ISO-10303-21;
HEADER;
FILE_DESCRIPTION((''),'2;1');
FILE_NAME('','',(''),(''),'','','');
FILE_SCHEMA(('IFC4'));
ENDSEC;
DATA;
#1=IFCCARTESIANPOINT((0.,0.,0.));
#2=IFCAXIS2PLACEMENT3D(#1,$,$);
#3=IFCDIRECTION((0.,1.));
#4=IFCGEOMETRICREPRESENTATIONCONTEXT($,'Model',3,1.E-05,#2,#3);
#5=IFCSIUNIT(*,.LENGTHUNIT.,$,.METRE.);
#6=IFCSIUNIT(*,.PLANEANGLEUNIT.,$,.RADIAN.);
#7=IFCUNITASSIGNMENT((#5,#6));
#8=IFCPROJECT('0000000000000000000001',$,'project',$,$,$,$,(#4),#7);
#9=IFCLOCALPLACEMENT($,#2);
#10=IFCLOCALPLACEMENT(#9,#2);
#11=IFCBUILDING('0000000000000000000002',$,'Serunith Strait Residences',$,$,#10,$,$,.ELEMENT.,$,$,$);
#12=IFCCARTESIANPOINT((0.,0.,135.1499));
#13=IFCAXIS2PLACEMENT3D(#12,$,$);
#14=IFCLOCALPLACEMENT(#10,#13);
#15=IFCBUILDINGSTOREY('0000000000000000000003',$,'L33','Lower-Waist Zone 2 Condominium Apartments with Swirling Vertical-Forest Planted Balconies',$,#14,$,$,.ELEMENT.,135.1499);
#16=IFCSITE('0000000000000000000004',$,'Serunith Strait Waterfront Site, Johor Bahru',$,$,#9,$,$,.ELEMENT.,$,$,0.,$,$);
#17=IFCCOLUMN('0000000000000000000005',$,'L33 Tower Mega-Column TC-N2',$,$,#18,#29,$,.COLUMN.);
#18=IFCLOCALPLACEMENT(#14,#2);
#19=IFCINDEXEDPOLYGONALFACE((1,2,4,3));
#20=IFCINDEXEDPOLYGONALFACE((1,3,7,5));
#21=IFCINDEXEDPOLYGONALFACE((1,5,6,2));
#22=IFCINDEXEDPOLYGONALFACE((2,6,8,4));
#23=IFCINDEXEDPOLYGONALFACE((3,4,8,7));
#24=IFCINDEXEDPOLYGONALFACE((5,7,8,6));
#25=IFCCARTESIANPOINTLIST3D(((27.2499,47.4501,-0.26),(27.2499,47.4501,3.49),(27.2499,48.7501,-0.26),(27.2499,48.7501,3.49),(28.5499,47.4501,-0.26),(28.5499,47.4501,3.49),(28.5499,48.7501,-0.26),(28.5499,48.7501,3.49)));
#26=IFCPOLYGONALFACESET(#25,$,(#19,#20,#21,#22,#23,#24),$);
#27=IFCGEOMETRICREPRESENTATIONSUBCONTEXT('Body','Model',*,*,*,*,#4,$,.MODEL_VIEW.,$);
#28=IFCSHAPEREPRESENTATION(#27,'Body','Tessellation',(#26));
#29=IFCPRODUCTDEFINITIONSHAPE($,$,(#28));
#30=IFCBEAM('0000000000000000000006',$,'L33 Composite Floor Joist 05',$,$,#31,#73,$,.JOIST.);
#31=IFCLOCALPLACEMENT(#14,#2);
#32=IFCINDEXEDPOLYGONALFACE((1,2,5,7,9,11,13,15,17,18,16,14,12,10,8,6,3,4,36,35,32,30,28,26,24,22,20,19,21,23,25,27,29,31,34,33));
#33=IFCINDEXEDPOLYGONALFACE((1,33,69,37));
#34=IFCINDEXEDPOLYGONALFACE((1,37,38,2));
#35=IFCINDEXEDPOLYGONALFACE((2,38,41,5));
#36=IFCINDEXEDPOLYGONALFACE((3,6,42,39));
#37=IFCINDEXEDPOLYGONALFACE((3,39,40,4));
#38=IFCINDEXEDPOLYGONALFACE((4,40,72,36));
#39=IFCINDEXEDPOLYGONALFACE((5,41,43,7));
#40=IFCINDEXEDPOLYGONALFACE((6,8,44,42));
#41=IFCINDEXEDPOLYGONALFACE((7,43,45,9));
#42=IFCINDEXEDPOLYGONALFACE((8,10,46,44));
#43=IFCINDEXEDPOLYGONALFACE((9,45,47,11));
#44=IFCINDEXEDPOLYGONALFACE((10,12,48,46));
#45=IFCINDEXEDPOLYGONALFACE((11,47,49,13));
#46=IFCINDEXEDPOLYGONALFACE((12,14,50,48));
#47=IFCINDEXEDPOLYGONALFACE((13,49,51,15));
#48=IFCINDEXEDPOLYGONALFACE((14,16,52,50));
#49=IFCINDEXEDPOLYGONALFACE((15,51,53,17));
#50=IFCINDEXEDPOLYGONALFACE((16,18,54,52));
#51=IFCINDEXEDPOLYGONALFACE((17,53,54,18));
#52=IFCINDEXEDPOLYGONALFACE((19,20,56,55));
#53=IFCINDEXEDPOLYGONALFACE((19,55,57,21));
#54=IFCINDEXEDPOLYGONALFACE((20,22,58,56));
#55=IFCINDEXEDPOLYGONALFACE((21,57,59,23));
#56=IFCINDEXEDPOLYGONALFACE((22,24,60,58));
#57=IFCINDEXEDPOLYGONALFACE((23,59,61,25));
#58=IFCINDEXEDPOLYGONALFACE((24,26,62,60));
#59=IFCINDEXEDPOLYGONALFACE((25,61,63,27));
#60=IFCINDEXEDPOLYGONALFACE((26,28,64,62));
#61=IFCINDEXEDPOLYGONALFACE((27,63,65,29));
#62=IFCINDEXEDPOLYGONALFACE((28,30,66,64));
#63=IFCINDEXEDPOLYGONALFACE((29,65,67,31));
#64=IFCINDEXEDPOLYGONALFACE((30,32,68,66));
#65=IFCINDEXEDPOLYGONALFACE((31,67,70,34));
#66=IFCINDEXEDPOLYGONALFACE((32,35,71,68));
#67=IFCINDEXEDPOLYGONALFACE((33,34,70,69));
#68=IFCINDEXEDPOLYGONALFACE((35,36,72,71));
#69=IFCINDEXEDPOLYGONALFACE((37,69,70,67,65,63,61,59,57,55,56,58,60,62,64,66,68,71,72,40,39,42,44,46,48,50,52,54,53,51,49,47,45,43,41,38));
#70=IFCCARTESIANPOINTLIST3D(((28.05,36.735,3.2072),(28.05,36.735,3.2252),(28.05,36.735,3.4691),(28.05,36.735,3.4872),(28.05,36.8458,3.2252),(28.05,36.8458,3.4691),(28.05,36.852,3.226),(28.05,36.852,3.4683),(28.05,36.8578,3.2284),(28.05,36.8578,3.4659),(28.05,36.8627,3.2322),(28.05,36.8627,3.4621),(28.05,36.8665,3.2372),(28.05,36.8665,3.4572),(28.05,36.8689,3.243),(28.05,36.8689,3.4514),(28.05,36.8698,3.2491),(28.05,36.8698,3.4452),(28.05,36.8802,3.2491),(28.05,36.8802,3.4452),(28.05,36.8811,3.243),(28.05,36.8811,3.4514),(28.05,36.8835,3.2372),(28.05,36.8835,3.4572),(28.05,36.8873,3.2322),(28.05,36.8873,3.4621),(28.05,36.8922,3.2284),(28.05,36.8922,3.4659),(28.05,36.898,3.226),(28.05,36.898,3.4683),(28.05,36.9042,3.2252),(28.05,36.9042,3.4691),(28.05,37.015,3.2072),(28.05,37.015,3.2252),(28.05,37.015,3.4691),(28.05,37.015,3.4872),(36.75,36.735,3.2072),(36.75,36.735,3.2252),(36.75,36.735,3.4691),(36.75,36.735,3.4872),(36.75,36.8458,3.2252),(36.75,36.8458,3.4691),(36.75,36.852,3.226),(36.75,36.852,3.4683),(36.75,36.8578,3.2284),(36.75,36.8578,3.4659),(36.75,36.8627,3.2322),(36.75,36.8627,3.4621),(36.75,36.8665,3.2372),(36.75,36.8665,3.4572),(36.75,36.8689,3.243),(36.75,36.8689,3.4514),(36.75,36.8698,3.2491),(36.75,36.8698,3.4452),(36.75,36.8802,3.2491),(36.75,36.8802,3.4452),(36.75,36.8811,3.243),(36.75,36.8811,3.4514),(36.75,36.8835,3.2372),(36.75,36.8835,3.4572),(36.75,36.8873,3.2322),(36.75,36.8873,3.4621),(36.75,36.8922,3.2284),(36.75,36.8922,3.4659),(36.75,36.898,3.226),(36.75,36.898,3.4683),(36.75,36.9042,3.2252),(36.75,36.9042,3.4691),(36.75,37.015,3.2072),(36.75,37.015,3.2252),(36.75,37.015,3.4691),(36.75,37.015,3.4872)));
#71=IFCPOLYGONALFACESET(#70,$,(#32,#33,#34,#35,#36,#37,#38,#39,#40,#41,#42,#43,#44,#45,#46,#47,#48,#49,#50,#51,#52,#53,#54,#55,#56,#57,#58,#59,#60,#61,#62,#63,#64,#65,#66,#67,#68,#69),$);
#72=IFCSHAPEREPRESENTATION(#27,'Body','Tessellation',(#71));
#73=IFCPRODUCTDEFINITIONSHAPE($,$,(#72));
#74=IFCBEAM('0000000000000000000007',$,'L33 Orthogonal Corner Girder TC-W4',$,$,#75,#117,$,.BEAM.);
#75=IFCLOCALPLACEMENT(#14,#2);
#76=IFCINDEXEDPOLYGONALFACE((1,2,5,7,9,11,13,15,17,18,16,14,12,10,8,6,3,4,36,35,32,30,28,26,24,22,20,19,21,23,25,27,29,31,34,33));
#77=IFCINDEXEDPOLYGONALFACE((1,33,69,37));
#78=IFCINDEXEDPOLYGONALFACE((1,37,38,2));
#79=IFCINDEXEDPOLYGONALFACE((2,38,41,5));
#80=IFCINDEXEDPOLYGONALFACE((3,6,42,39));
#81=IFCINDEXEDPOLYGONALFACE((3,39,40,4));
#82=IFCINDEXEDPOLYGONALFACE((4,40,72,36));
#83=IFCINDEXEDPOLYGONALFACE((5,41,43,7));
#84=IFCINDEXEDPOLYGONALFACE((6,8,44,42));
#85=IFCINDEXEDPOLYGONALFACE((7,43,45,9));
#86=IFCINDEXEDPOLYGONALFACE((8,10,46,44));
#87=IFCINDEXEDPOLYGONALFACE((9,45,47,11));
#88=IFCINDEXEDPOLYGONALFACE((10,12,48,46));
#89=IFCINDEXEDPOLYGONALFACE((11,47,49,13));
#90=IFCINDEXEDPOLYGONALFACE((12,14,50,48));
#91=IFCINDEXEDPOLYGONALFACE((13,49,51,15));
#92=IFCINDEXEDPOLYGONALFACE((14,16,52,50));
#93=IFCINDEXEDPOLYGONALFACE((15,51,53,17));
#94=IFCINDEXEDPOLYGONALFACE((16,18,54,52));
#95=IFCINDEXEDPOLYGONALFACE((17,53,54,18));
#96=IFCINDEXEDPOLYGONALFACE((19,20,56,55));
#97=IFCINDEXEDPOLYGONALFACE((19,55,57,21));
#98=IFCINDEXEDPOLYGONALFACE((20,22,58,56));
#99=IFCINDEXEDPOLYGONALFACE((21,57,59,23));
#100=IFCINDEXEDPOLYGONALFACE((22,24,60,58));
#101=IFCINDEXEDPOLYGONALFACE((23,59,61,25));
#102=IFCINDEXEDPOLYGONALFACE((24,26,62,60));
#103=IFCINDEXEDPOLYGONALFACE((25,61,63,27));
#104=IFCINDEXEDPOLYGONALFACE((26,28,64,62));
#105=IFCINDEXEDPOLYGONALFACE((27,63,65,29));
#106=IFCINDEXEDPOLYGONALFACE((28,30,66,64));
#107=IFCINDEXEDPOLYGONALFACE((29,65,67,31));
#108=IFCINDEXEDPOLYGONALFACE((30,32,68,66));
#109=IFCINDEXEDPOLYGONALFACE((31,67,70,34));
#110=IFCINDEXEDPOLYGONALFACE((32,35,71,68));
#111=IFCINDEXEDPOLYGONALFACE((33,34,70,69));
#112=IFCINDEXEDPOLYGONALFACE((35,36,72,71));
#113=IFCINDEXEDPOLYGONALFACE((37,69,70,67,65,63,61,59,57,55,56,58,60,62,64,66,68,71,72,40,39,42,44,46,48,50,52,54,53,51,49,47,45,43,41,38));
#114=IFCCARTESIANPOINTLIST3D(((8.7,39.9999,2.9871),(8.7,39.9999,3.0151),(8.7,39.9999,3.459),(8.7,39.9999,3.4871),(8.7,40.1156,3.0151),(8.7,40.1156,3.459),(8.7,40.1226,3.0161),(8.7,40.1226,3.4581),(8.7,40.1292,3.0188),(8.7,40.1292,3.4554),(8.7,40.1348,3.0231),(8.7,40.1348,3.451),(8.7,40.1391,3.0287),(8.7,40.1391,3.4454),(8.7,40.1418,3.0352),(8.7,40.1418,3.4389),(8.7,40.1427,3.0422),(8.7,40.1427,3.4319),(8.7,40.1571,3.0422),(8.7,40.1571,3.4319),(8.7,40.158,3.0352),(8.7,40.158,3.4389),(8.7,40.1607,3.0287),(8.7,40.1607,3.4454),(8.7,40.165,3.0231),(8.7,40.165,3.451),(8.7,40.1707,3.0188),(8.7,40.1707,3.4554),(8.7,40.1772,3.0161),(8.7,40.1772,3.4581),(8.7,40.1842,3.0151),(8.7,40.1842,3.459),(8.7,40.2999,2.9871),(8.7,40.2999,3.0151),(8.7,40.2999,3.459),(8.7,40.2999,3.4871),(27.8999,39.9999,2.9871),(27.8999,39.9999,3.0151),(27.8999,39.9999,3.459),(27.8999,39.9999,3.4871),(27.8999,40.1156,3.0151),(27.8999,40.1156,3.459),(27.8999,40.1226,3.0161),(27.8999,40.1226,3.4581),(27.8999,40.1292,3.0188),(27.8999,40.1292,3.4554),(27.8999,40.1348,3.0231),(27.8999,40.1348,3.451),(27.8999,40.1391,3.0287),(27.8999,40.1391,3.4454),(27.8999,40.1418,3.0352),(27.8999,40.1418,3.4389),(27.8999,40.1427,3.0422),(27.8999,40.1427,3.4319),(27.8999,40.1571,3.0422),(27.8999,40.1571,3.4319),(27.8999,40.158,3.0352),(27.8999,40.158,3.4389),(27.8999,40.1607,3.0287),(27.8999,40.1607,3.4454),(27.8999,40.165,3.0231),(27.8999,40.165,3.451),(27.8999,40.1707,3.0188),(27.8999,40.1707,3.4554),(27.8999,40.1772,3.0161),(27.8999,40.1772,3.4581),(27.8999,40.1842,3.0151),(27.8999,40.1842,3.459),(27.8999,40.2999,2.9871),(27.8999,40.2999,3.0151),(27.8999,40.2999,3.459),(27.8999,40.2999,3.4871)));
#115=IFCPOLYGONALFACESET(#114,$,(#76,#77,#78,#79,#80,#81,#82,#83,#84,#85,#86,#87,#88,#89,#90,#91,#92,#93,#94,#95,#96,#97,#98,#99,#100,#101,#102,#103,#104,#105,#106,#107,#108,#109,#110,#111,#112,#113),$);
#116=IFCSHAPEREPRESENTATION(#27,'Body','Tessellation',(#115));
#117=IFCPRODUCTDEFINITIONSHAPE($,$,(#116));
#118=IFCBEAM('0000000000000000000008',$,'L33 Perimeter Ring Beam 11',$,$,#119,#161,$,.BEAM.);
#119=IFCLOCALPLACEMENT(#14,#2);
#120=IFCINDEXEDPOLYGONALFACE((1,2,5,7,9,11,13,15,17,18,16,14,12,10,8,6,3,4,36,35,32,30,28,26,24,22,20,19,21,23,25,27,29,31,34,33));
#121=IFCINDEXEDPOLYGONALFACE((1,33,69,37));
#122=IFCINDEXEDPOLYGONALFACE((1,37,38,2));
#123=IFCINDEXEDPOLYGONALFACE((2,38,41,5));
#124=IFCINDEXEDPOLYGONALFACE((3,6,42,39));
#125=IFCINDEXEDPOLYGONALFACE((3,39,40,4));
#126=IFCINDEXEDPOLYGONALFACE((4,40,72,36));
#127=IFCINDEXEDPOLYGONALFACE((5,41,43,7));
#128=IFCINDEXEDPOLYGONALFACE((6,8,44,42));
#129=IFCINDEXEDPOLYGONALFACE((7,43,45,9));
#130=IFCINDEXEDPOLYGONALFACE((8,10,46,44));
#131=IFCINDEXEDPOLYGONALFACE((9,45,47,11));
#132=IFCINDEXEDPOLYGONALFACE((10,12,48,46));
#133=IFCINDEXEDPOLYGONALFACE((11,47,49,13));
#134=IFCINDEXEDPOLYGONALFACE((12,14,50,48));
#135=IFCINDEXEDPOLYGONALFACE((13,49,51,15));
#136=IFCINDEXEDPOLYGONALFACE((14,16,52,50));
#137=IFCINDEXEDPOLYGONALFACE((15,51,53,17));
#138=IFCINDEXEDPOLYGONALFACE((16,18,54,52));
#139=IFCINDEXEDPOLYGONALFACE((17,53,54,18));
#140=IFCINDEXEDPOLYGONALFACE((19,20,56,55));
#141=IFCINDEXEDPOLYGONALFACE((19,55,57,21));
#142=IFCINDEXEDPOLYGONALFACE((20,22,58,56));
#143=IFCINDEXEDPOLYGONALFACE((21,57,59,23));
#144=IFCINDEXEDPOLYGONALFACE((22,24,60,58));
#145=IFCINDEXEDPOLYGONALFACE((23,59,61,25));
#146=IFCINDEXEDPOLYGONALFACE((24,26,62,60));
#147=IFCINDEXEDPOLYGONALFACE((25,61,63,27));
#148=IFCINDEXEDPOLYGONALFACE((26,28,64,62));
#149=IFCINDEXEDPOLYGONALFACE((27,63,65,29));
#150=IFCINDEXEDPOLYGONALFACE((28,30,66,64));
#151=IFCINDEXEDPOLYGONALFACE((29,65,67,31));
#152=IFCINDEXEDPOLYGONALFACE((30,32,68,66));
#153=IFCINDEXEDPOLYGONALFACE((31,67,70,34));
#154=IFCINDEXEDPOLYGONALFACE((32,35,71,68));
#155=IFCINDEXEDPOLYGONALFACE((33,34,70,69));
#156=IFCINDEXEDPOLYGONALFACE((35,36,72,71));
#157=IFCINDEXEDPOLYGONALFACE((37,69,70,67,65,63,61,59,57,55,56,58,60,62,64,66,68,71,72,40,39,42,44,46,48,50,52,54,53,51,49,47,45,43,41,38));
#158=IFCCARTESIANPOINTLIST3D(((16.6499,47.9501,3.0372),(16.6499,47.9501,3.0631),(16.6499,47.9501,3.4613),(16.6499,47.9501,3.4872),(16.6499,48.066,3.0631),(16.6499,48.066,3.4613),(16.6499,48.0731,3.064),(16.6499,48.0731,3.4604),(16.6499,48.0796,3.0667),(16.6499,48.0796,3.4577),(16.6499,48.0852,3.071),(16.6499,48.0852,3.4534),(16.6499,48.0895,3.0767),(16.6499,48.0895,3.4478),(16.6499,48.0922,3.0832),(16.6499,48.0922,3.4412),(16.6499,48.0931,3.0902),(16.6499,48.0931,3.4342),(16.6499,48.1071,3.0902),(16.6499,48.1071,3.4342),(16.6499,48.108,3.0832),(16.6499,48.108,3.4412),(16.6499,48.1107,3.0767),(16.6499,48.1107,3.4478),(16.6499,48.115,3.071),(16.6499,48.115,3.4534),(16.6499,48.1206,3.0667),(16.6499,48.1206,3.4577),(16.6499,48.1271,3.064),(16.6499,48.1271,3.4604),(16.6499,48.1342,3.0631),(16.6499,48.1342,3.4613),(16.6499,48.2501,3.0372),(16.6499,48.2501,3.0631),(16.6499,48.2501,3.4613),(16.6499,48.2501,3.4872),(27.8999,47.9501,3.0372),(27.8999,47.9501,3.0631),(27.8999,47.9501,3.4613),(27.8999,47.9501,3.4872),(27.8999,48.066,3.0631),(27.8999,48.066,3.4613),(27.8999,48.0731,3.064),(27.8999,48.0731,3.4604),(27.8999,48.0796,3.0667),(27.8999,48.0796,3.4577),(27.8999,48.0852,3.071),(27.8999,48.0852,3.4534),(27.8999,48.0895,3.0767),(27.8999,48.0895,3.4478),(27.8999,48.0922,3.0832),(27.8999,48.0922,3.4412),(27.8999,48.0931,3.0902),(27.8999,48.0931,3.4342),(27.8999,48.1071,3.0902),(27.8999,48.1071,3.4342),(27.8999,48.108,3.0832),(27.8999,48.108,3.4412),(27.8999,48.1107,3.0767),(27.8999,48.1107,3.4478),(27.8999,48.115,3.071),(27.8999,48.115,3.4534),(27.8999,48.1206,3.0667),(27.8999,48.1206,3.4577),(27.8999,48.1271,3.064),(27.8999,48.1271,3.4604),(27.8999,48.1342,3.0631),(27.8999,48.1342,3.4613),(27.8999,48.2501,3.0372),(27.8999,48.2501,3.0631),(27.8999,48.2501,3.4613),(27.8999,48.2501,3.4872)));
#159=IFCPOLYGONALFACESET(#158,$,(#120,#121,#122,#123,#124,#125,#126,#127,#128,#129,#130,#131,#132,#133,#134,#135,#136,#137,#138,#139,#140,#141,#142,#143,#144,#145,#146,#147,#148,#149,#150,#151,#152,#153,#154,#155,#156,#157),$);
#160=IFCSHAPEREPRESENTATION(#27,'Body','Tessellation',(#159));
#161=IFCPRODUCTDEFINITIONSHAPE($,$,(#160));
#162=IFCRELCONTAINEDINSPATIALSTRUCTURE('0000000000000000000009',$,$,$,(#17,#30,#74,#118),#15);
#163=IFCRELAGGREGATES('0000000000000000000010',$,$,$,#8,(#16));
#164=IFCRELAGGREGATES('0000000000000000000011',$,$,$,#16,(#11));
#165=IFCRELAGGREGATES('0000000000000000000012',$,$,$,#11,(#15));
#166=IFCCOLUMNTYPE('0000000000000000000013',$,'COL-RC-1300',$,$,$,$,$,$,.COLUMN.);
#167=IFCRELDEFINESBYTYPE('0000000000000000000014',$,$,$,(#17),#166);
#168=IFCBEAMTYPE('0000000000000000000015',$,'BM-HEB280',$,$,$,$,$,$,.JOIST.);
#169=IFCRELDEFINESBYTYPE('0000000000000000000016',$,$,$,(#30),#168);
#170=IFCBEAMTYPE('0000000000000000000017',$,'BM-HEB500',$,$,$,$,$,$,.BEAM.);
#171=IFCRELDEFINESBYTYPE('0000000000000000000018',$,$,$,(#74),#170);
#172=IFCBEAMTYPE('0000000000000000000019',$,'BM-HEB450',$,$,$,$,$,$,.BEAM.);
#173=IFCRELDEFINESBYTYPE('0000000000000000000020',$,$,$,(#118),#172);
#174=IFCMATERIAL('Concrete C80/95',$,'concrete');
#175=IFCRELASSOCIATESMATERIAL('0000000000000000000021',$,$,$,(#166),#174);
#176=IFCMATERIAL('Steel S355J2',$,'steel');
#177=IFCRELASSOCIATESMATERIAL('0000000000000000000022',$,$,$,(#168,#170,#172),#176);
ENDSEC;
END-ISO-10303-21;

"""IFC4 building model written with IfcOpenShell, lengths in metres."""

from ifc_helpers import new_model, si_unit, direction, frame, origin, origin_2d, place, context, subcontext, project, spatial, rectangle, i_section, extrude, source, transform, mapped, material, material_profile, profile_set, type_object, element, save


model = new_model("IFC4")

# Units and contexts
model_context = context("Model", 3, precision=1e-05, world=origin(), true_north=direction((0.0, 1.0)))
body_context = subcontext(model_context, "Body", "Model", "MODEL_VIEW")
ifc_project = project(units=[si_unit("LENGTHUNIT", "METRE"), si_unit("PLANEANGLEUNIT", "RADIAN")], contexts=[model_context])

# Site, building, storey
site_placement = place(None, origin())
site = spatial("IfcSite", under=ifc_project, at=site_placement, Name="Serunith Strait Waterfront Site, Johor Bahru", CompositionType="ELEMENT", RefElevation=0.0)
building_placement = place(site_placement, origin())
building = spatial("IfcBuilding", under=site, at=building_placement, Name="Serunith Strait Residences", CompositionType="ELEMENT")
storey_placement = place(building_placement, frame((0.0, 0.0, 135.1499)))
storey = spatial("IfcBuildingStorey", under=building, at=storey_placement, Name="L33", Description="Lower-Waist Zone 2 Condominium Apartments with Swirling Vertical-Forest Planted Balconies", CompositionType="ELEMENT", Elevation=135.1499)

# Column
ifc_material_1 = material(Name="Concrete C80/95", Category="concrete")
ifc_material_profile_1 = material_profile(ifc_material_1, rectangle(XDim=1.3, YDim=1.3, at=origin_2d()), Name="RC 1300x1300")
ifc_profile_set_1 = profile_set([ifc_material_profile_1], Name="Concrete C80/95")
column_type = type_object("IfcColumnType", Name="COL-RC-1300", PredefinedType="COLUMN", material=ifc_profile_set_1)
shared_shape_1 = source(origin(), body_context, "Body", "SweptSolid", [
    extrude(rectangle(XDim=1.3, YDim=1.3, at=origin_2d()), origin(), (0.0, 0.0, 1.0), 3.75),
])
column_placement = place(storey_placement, frame((27.8999, 48.1001, -0.26), z_axis=(0.0, 0.0, 1.0), x_axis=(1.0, 0.0, 0.0)))
element("IfcColumn", 1, at=column_placement, inside=storey, type_object=column_type, Name="L33 Tower Mega-Column TC-N2", PredefinedType="COLUMN", context=body_context, shape_type="MappedRepresentation", body=[
    mapped(shared_shape_1, transform((0.0, 0.0, 0.0), scale=1.0)),
])

# Beams
ifc_material_2 = material(Name="Steel S355J2", Category="steel")
ifc_material_profile_2 = material_profile(ifc_material_2, i_section(OverallWidth=0.28, OverallDepth=0.28, WebThickness=0.0105, FlangeThickness=0.0181, FilletRadius=0.0239, at=origin_2d()), Name="HEB 280")
ifc_profile_set_2 = profile_set([ifc_material_profile_2], Name="Steel S355J2")
beam_type_1 = type_object("IfcBeamType", Name="BM-HEB280", PredefinedType="JOIST", material=ifc_profile_set_2)
shared_shape_2 = source(origin(), body_context, "Body", "SweptSolid", [
    extrude(i_section(OverallWidth=0.28, OverallDepth=0.28, WebThickness=0.0105, FlangeThickness=0.0181, FilletRadius=0.0239, at=origin_2d()), origin(), (0.0, 0.0, 1.0), 8.7),
])
beam_1_placement = place(storey_placement, frame((28.05, 36.875, 3.3472), z_axis=(1.0, 0.0, 0.0), x_axis=(0.0, 1.0, 0.0)))
element("IfcBeam", 2, at=beam_1_placement, inside=storey, type_object=beam_type_1, Name="L33 Composite Floor Joist 05", PredefinedType="JOIST", context=body_context, shape_type="MappedRepresentation", body=[
    mapped(shared_shape_2, transform((0.0, 0.0, 0.0), scale=1.0)),
])
ifc_material_profile_3 = material_profile(ifc_material_2, i_section(OverallWidth=0.3, OverallDepth=0.5, WebThickness=0.0144, FlangeThickness=0.0281, FilletRadius=0.0271, at=origin_2d()), Name="HEB 500")
ifc_profile_set_3 = profile_set([ifc_material_profile_3], Name="Steel S355J2")
beam_type_2 = type_object("IfcBeamType", Name="BM-HEB500", PredefinedType="BEAM", material=ifc_profile_set_3)
shared_shape_3 = source(origin(), body_context, "Body", "SweptSolid", [
    extrude(i_section(OverallWidth=0.3, OverallDepth=0.5, WebThickness=0.0144, FlangeThickness=0.0281, FilletRadius=0.0271, at=origin_2d()), origin(), (0.0, 0.0, 1.0), 19.2),
])
beam_2_placement = place(storey_placement, frame((27.8999, 40.1499, 3.2371), z_axis=(-1.0, 0.0, 0.0), x_axis=(0.0, -1.0, 0.0)))
element("IfcBeam", 3, at=beam_2_placement, inside=storey, type_object=beam_type_2, Name="L33 Orthogonal Corner Girder TC-W4", PredefinedType="BEAM", context=body_context, shape_type="MappedRepresentation", body=[
    mapped(shared_shape_3, transform((0.0, 0.0, 0.0), scale=1.0)),
])
ifc_material_profile_4 = material_profile(ifc_material_2, i_section(OverallWidth=0.3, OverallDepth=0.45, WebThickness=0.0139, FlangeThickness=0.0259, FilletRadius=0.0271, at=origin_2d()), Name="HEB 450")
ifc_profile_set_4 = profile_set([ifc_material_profile_4], Name="Steel S355J2")
beam_type_3 = type_object("IfcBeamType", Name="BM-HEB450", PredefinedType="BEAM", material=ifc_profile_set_4)
shared_shape_4 = source(origin(), body_context, "Body", "SweptSolid", [
    extrude(i_section(OverallWidth=0.3, OverallDepth=0.45, WebThickness=0.0139, FlangeThickness=0.0259, FilletRadius=0.0271, at=origin_2d()), origin(), (0.0, 0.0, 1.0), 11.25),
])
beam_3_placement = place(storey_placement, frame((27.8999, 48.1001, 3.2622), z_axis=(-1.0, 0.0, 0.0), x_axis=(0.0, -1.0, 0.0)))
element("IfcBeam", 4, at=beam_3_placement, inside=storey, type_object=beam_type_3, Name="L33 Perimeter Ring Beam 11", PredefinedType="BEAM", context=body_context, shape_type="MappedRepresentation", body=[
    mapped(shared_shape_4, transform((0.0, 0.0, 0.0), scale=1.0)),
])

save(model, "model.ifc")
